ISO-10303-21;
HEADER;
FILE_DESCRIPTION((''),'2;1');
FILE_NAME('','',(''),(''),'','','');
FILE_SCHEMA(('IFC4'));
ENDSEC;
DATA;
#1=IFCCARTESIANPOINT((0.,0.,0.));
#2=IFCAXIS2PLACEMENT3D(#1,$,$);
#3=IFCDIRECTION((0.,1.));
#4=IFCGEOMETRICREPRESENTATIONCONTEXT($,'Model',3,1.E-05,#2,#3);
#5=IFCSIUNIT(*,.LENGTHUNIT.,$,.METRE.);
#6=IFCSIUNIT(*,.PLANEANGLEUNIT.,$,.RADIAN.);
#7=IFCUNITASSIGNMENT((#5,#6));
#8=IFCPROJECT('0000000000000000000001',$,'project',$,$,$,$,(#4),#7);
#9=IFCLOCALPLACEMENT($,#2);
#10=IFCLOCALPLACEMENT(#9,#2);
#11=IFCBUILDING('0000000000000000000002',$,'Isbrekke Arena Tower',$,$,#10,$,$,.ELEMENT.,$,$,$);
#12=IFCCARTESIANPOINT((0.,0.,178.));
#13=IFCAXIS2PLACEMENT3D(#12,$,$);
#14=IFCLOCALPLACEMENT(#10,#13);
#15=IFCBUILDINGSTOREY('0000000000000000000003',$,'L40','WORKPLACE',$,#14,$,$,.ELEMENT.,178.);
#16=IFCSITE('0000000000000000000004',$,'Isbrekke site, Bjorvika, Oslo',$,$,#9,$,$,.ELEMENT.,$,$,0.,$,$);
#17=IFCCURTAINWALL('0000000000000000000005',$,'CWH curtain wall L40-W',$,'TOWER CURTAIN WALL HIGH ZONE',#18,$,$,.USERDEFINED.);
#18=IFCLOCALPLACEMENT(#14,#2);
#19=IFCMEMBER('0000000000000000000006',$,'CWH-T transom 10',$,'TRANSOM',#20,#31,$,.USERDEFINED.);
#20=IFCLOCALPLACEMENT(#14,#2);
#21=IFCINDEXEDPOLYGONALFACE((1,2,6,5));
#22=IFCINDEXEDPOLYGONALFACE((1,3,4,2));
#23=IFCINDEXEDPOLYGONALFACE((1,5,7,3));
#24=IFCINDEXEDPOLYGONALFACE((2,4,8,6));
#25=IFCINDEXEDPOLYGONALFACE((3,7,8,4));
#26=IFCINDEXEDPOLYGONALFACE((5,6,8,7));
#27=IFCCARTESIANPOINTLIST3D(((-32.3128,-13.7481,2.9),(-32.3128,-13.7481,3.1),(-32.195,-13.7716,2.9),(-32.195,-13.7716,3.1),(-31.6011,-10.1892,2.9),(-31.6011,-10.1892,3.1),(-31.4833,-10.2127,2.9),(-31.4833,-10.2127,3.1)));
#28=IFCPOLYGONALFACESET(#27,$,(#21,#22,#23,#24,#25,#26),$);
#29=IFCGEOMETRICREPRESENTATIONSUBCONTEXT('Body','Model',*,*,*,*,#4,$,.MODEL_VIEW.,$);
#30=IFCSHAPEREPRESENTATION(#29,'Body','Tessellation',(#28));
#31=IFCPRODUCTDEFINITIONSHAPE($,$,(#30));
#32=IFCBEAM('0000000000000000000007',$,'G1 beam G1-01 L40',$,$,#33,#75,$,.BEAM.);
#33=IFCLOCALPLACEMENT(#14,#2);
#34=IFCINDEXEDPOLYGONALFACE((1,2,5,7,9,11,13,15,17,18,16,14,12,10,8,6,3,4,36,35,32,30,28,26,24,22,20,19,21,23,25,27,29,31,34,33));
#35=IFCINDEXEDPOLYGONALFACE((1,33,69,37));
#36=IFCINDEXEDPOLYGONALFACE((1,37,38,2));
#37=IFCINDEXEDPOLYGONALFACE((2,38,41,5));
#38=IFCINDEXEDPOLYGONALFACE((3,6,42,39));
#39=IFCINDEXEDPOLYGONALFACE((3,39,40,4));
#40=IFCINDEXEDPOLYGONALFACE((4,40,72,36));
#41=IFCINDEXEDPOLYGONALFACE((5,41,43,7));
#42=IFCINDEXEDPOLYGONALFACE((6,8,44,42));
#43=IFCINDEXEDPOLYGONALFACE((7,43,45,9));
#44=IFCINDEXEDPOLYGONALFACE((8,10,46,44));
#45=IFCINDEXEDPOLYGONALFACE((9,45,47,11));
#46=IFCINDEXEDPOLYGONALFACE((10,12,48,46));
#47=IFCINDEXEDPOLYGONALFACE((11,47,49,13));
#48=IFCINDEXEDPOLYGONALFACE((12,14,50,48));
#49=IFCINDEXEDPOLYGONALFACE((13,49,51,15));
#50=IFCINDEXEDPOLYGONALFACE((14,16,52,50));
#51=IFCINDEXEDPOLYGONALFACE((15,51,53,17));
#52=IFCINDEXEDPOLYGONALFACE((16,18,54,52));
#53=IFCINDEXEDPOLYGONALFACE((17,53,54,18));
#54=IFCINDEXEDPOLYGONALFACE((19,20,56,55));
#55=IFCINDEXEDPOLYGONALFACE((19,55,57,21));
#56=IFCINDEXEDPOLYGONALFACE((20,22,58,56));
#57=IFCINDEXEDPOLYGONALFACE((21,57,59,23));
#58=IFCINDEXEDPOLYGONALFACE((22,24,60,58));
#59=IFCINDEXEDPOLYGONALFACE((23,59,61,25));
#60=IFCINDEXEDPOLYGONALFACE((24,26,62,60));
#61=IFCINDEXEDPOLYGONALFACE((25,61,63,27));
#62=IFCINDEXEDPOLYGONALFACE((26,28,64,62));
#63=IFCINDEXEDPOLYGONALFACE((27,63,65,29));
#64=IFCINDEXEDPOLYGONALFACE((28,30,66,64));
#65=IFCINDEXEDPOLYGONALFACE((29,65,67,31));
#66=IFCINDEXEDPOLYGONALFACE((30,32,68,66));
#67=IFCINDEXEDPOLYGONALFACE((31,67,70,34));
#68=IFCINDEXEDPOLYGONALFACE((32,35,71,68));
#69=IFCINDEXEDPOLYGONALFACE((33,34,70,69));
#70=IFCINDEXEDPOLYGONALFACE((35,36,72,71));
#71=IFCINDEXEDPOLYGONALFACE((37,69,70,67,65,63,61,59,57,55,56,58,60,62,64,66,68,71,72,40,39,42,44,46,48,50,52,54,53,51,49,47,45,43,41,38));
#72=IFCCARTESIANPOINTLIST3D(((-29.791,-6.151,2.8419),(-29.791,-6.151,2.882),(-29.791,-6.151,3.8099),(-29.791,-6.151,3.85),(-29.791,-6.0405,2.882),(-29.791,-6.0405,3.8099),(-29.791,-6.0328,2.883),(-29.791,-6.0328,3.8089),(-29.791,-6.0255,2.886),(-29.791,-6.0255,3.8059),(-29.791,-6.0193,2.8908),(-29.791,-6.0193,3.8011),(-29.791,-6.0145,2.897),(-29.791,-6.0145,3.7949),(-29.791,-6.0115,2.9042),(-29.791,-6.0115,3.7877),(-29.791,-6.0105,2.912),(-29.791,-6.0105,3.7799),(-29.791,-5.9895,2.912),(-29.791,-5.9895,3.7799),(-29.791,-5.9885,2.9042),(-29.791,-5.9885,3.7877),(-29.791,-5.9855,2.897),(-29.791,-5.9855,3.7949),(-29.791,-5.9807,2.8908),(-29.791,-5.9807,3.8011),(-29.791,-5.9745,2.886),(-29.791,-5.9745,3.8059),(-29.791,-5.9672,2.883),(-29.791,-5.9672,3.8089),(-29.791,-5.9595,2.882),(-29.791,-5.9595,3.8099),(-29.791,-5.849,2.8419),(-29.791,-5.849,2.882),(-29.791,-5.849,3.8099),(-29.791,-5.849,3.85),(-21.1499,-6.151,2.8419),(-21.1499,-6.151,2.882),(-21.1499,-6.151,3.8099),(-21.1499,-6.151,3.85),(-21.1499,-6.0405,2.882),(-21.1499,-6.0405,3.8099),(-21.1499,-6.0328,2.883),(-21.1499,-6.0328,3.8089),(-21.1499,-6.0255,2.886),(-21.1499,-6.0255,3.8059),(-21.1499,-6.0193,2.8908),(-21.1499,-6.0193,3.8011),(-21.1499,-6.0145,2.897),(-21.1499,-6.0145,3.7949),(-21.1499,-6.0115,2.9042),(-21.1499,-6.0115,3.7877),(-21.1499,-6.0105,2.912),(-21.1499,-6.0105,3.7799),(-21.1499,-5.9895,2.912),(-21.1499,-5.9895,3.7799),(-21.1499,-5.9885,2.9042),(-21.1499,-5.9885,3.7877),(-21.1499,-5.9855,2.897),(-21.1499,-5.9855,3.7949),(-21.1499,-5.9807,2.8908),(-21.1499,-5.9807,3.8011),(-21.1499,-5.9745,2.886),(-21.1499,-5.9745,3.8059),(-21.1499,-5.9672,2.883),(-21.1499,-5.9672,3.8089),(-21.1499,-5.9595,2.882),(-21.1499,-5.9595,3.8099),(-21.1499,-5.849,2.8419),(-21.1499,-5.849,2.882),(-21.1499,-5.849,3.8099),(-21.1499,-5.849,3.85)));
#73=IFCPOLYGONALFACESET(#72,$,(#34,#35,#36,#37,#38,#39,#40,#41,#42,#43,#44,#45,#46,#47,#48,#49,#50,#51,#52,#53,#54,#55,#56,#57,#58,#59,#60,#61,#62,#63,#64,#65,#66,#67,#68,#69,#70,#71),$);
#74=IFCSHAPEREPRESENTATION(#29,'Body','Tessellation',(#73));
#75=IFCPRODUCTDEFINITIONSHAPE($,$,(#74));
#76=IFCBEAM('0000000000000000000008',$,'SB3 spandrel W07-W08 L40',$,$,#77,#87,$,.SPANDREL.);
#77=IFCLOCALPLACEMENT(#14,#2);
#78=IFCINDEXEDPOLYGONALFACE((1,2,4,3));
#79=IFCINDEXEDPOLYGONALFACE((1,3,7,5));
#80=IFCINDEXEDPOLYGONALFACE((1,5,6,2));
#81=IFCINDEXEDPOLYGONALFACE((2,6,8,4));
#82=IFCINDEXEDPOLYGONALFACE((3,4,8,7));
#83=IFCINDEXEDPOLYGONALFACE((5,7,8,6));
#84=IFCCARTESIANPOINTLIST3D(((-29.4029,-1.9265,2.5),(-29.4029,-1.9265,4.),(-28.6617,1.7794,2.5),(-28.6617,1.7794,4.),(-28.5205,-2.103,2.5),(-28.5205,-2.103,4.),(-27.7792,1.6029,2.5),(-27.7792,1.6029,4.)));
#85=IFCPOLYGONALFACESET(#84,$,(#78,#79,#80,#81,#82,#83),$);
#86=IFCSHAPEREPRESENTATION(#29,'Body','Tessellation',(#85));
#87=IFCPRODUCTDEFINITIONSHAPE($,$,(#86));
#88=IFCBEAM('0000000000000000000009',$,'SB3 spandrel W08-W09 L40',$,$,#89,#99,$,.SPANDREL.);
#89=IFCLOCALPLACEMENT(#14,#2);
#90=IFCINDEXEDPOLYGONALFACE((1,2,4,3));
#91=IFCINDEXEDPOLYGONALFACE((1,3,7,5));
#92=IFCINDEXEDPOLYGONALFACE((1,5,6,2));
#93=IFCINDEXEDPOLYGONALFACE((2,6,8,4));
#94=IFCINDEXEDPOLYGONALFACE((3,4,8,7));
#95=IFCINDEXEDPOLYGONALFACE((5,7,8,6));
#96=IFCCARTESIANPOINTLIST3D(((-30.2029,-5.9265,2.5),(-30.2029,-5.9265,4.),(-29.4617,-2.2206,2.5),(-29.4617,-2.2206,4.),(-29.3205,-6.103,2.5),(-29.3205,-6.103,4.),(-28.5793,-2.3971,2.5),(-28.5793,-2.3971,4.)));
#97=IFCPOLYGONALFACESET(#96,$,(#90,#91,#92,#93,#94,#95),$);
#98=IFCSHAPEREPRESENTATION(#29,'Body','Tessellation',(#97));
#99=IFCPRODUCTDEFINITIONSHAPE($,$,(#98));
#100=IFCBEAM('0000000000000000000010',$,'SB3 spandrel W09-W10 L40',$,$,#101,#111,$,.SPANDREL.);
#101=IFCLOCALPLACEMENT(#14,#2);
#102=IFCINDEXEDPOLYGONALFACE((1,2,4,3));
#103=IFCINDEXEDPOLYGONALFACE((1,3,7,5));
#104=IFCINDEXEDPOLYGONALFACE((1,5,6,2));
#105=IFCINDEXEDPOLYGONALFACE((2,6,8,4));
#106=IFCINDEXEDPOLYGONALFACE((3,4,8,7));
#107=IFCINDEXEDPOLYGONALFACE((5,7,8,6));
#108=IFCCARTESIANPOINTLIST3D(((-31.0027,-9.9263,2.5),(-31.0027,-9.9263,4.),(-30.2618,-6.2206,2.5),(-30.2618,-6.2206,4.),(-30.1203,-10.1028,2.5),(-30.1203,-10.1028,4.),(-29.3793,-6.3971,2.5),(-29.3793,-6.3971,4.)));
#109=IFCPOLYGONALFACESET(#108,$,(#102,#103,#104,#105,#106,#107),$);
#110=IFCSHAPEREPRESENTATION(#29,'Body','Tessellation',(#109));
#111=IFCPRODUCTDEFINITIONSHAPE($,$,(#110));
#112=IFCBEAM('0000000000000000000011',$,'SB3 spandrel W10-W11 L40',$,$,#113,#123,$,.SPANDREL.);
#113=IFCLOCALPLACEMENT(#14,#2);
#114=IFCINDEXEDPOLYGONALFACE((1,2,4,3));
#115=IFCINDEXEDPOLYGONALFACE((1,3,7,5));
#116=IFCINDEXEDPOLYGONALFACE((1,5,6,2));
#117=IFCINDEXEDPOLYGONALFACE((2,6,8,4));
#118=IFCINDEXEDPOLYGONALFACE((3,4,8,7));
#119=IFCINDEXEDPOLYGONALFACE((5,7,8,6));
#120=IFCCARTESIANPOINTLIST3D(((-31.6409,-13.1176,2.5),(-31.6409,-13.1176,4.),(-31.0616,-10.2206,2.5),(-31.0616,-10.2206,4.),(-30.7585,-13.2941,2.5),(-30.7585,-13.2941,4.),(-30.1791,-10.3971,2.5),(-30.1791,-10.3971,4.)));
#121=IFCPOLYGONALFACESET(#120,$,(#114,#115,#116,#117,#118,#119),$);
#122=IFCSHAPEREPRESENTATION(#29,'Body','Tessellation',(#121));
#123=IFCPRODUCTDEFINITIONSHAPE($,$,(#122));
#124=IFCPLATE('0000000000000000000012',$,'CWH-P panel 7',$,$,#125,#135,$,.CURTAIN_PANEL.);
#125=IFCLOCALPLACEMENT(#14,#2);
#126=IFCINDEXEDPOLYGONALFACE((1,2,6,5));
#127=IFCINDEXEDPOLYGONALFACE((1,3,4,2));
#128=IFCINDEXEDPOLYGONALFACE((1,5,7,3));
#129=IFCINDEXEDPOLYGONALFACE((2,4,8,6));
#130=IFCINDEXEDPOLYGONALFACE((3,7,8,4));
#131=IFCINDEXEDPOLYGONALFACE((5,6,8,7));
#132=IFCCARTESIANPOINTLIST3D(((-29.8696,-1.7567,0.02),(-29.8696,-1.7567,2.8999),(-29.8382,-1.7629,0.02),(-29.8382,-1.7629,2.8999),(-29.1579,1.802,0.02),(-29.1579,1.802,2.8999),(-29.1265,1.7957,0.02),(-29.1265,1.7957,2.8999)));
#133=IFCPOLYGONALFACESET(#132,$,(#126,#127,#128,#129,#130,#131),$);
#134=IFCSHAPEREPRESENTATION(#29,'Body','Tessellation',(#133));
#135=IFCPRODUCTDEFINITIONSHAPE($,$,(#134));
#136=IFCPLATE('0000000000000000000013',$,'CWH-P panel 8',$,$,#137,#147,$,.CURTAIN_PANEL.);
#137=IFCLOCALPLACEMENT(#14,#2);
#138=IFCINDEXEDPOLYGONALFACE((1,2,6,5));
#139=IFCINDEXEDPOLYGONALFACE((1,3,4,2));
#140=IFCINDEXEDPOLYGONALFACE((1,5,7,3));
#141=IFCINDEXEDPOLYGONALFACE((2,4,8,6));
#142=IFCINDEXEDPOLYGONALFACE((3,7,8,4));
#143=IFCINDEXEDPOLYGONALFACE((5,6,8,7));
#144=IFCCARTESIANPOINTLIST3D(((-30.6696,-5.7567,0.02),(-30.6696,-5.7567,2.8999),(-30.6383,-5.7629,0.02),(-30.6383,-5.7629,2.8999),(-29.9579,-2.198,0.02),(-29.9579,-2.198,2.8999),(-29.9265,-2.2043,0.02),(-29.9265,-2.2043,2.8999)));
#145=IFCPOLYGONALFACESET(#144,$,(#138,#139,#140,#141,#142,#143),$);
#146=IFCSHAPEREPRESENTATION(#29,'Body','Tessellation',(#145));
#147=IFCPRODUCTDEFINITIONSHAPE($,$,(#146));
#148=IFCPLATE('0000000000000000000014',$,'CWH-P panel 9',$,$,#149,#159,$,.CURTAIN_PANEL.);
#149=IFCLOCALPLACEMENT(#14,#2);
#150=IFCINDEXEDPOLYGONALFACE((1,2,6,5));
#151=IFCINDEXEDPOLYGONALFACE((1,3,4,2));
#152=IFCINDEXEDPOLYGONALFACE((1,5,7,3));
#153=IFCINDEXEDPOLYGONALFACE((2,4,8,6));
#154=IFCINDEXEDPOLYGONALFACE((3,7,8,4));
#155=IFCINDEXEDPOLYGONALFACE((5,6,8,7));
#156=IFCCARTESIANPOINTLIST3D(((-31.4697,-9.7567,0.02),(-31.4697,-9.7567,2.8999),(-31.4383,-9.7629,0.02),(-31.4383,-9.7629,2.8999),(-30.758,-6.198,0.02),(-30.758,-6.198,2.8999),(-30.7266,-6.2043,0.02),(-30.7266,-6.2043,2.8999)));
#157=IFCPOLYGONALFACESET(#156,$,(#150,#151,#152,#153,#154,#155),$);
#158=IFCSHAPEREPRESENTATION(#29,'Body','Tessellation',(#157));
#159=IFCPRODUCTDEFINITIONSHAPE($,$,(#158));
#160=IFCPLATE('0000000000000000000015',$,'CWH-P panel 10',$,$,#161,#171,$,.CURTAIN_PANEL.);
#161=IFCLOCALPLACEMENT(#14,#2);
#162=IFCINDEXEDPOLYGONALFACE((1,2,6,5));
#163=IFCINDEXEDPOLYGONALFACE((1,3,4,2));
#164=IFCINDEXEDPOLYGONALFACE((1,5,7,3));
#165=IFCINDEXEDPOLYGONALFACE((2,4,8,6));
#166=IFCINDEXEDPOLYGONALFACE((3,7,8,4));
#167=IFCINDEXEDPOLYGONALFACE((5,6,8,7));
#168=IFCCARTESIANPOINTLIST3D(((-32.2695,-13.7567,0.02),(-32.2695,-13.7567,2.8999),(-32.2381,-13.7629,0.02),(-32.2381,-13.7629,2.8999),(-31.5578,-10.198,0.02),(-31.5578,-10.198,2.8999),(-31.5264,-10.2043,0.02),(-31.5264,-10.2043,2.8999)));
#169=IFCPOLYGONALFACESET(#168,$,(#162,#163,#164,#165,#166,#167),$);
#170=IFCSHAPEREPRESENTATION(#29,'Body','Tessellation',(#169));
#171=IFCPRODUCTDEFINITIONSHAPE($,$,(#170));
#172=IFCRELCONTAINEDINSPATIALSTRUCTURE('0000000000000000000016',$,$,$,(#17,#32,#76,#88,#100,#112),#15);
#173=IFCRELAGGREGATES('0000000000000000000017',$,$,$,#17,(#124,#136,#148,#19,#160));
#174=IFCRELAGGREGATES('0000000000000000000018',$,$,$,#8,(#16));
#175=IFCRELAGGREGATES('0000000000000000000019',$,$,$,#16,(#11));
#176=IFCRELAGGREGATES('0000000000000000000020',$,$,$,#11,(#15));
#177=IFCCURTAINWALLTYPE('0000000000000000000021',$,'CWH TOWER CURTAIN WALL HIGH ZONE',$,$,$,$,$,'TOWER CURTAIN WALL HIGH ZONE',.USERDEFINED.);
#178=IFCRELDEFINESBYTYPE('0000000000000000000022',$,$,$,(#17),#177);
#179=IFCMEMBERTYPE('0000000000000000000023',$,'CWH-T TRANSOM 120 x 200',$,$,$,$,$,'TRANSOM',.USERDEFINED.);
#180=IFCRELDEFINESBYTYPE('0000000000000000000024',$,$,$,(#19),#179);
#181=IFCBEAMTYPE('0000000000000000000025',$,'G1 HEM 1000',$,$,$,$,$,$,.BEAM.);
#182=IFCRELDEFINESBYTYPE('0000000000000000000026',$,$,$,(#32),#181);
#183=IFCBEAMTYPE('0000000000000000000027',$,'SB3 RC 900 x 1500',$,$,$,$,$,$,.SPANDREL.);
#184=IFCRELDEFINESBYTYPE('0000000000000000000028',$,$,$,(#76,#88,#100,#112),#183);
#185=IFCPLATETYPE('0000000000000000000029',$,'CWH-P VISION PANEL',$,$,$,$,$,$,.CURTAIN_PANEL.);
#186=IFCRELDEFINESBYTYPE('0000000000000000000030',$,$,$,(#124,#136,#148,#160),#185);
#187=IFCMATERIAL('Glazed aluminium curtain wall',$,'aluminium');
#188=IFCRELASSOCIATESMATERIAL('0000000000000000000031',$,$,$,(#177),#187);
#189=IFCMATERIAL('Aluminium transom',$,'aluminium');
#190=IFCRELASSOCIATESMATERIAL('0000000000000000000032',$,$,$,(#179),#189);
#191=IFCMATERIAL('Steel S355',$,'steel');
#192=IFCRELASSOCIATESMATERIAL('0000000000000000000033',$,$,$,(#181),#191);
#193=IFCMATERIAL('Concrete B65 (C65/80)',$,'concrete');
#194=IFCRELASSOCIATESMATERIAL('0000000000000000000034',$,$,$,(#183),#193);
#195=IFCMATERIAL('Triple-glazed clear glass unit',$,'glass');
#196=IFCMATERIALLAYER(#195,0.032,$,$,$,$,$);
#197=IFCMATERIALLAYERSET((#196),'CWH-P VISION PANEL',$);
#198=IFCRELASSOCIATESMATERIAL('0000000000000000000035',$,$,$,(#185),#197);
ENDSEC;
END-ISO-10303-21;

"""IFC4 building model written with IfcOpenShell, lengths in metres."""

from ifc_helpers import new_model, si_unit, direction, frame, origin, origin_2d, place, context, subcontext, project, spatial, rectangle, i_section, extrude, material, layer, layer_set, material_profile, profile_set, type_object, element, aggregate, save


model = new_model("IFC4")

# Units and contexts
model_context = context("Model", 3, precision=1e-05, world=origin(), true_north=direction((0.0, 1.0)))
body_context = subcontext(model_context, "Body", "Model", "MODEL_VIEW")
ifc_project = project(units=[si_unit("LENGTHUNIT", "METRE"), si_unit("PLANEANGLEUNIT", "RADIAN")], contexts=[model_context])

# Site, building, storey
site_placement = place(None, origin())
site = spatial("IfcSite", under=ifc_project, at=site_placement, Name="Isbrekke site, Bjorvika, Oslo", CompositionType="ELEMENT", RefElevation=0.0)
building_placement = place(site_placement, origin())
building = spatial("IfcBuilding", under=site, at=building_placement, Name="Isbrekke Arena Tower", CompositionType="ELEMENT")
storey_placement = place(building_placement, frame((0.0, 0.0, 178.0)))
storey = spatial("IfcBuildingStorey", under=building, at=storey_placement, Name="L40", Description="WORKPLACE", CompositionType="ELEMENT", Elevation=178.0)

# Curtain wall, member
ifc_material_1 = material(Name="Glazed aluminium curtain wall", Category="aluminium")
curtain_wall_type = type_object("IfcCurtainWallType", Name="CWH TOWER CURTAIN WALL HIGH ZONE", ElementType="TOWER CURTAIN WALL HIGH ZONE", PredefinedType="USERDEFINED", material=ifc_material_1)
curtain_wall_placement = place(storey_placement, origin())
curtain_wall = element("IfcCurtainWall", 1, at=curtain_wall_placement, inside=storey, type_object=curtain_wall_type, Name="CWH curtain wall L40-W", ObjectType="TOWER CURTAIN WALL HIGH ZONE", PredefinedType="USERDEFINED")
ifc_material_2 = material(Name="Aluminium transom", Category="aluminium")
ifc_material_profile_1 = material_profile(ifc_material_2, rectangle(XDim=0.1201, YDim=0.2, at=origin_2d()), Name="TRANSOM 120X200")
ifc_profile_set_1 = profile_set([ifc_material_profile_1], Name="Aluminium transom")
member_type_1 = type_object("IfcMemberType", Name="CWH-T TRANSOM 120 x 200", ElementType="TRANSOM", PredefinedType="USERDEFINED", material=ifc_profile_set_1)
member_1_placement = place(storey_placement, frame((-31.5422, -10.2009, 3.0), z_axis=(-0.19609, -0.980586, 0.0), x_axis=(0.980586, -0.19609, 0.0)))
member_1 = element("IfcMember", 2, at=member_1_placement, type_object=member_type_1, Name="CWH-T transom 10", ObjectType="TRANSOM", PredefinedType="USERDEFINED", context=body_context, shape_type="SweptSolid", body=[
    extrude(rectangle(XDim=0.1201, YDim=0.2, at=origin_2d()), origin(), (0.0, 0.0, 1.0), 3.6294),
])

# Beams
ifc_material_3 = material(Name="Steel S355", Category="steel")
ifc_material_profile_2 = material_profile(ifc_material_3, i_section(OverallWidth=0.302, OverallDepth=1.0081, WebThickness=0.021, FlangeThickness=0.04, FilletRadius=0.03, at=origin_2d()), Name="HEM 1000")
ifc_profile_set_2 = profile_set([ifc_material_profile_2], Name="Steel S355")
beam_type_1 = type_object("IfcBeamType", Name="G1 HEM 1000", PredefinedType="BEAM", material=ifc_profile_set_2)
beam_1_placement = place(storey_placement, frame((-29.791, -6.0, 3.3459), z_axis=(1.0, 0.0, 0.0), x_axis=(0.0, 1.0, 0.0)))
element("IfcBeam", 3, at=beam_1_placement, inside=storey, type_object=beam_type_1, Name="G1 beam G1-01 L40", PredefinedType="BEAM", context=body_context, shape_type="SweptSolid", body=[
    extrude(i_section(OverallWidth=0.302, OverallDepth=1.0081, WebThickness=0.021, FlangeThickness=0.04, FilletRadius=0.03, at=origin_2d()), origin(), (0.0, 0.0, 1.0), 8.6411),
])
ifc_material_4 = material(Name="Concrete B65 (C65/80)", Category="concrete")
ifc_material_profile_3 = material_profile(ifc_material_4, rectangle(XDim=0.8999, YDim=1.5, at=origin_2d()), Name="RC 900x1500")
ifc_profile_set_3 = profile_set([ifc_material_profile_3], Name="Concrete B65 (C65/80)")
beam_type_2 = type_object("IfcBeamType", Name="SB3 RC 900 x 1500", PredefinedType="SPANDREL", material=ifc_profile_set_3)
for number, where, z_axis, x_axis, name in (
    (4, (-28.2205, 1.6912, 3.25), (-0.196129, -0.980578, 0.0), (0.980578, -0.196129, 0.0), "SB3 spandrel W07-W08 L40"),
    (5, (-29.0205, -2.3088, 3.25), (-0.196129, -0.980578, 0.0), (0.980578, -0.196129, 0.0), "SB3 spandrel W08-W09 L40"),
):
    element("IfcBeam", number, at=place(storey_placement, frame(where, z_axis=z_axis, x_axis=x_axis)), inside=storey, type_object=beam_type_2, Name=name, PredefinedType="SPANDREL", context=body_context, shape_type="SweptSolid", body=[
        extrude(rectangle(XDim=0.8999, YDim=1.5, at=origin_2d()), origin(), (0.0, 0.0, 1.0), 3.7793),
    ])
beam_2_placement = place(storey_placement, frame((-29.8206, -6.3088, 3.25), z_axis=(-0.196066, -0.980591, 0.0), x_axis=(0.980591, -0.196066, 0.0)))
element("IfcBeam", 6, at=beam_2_placement, inside=storey, type_object=beam_type_2, Name="SB3 spandrel W09-W10 L40", PredefinedType="SPANDREL", context=body_context, shape_type="SweptSolid", body=[
    extrude(rectangle(XDim=0.8999, YDim=1.5, at=origin_2d()), origin(), (0.0, 0.0, 1.0), 3.7791),
])
beam_3_placement = place(storey_placement, frame((-30.6204, -10.3088, 3.25), z_axis=(-0.1961, -0.980584, 0.0), x_axis=(0.980584, -0.1961, 0.0)))
element("IfcBeam", 7, at=beam_3_placement, inside=storey, type_object=beam_type_2, Name="SB3 spandrel W10-W11 L40", PredefinedType="SPANDREL", context=body_context, shape_type="SweptSolid", body=[
    extrude(rectangle(XDim=0.8999, YDim=1.5, at=origin_2d()), origin(), (0.0, 0.0, 1.0), 2.9543),
])

# Plates
ifc_material_5 = material(Name="Triple-glazed clear glass unit", Category="glass")
ifc_layer = layer(ifc_material_5, 0.032)
ifc_layer_set = layer_set([ifc_layer], Name="CWH-P VISION PANEL")
plate_type = type_object("IfcPlateType", Name="CWH-P VISION PANEL", PredefinedType="CURTAIN_PANEL", material=ifc_layer_set)
plate_1_placement = place(storey_placement, frame((-29.498, 0.0195, 0.02), z_axis=(0.0, 0.0, 1.0), x_axis=(-0.196116, -0.980581, 0.0)))
plate_1 = element("IfcPlate", 8, at=plate_1_placement, type_object=plate_type, Name="CWH-P panel 7", PredefinedType="CURTAIN_PANEL", context=body_context, shape_type="SweptSolid", body=[
    extrude(rectangle(XDim=3.6292, YDim=0.032, at=origin_2d()), origin(), (0.0, 0.0, 1.0), 2.8799),
])
plate_2_placement = place(storey_placement, frame((-30.2981, -3.9805, 0.02), z_axis=(0.0, 0.0, 1.0), x_axis=(-0.196116, -0.980581, 0.0)))
plate_2 = element("IfcPlate", 9, at=plate_2_placement, type_object=plate_type, Name="CWH-P panel 8", PredefinedType="CURTAIN_PANEL", context=body_context, shape_type="SweptSolid", body=[
    extrude(rectangle(XDim=3.6292, YDim=0.032, at=origin_2d()), origin(), (0.0, 0.0, 1.0), 2.8799),
])
plate_3_placement = place(storey_placement, frame((-31.0981, -7.9805, 0.02), z_axis=(0.0, 0.0, 1.0), x_axis=(-0.196116, -0.980581, 0.0)))
plate_3 = element("IfcPlate", 10, at=plate_3_placement, type_object=plate_type, Name="CWH-P panel 9", PredefinedType="CURTAIN_PANEL", context=body_context, shape_type="SweptSolid", body=[
    extrude(rectangle(XDim=3.6292, YDim=0.032, at=origin_2d()), origin(), (0.0, 0.0, 1.0), 2.8799),
])
plate_4_placement = place(storey_placement, frame((-31.8979, -11.9805, 0.02), z_axis=(0.0, 0.0, 1.0), x_axis=(-0.196116, -0.980581, 0.0)))
plate_4 = element("IfcPlate", 11, at=plate_4_placement, type_object=plate_type, Name="CWH-P panel 10", PredefinedType="CURTAIN_PANEL", context=body_context, shape_type="SweptSolid", body=[
    extrude(rectangle(XDim=3.6292, YDim=0.032, at=origin_2d()), origin(), (0.0, 0.0, 1.0), 2.8799),
])
aggregate(curtain_wall, [plate_1, plate_2, plate_3, member_1, plate_4])

save(model, "model.ifc")
